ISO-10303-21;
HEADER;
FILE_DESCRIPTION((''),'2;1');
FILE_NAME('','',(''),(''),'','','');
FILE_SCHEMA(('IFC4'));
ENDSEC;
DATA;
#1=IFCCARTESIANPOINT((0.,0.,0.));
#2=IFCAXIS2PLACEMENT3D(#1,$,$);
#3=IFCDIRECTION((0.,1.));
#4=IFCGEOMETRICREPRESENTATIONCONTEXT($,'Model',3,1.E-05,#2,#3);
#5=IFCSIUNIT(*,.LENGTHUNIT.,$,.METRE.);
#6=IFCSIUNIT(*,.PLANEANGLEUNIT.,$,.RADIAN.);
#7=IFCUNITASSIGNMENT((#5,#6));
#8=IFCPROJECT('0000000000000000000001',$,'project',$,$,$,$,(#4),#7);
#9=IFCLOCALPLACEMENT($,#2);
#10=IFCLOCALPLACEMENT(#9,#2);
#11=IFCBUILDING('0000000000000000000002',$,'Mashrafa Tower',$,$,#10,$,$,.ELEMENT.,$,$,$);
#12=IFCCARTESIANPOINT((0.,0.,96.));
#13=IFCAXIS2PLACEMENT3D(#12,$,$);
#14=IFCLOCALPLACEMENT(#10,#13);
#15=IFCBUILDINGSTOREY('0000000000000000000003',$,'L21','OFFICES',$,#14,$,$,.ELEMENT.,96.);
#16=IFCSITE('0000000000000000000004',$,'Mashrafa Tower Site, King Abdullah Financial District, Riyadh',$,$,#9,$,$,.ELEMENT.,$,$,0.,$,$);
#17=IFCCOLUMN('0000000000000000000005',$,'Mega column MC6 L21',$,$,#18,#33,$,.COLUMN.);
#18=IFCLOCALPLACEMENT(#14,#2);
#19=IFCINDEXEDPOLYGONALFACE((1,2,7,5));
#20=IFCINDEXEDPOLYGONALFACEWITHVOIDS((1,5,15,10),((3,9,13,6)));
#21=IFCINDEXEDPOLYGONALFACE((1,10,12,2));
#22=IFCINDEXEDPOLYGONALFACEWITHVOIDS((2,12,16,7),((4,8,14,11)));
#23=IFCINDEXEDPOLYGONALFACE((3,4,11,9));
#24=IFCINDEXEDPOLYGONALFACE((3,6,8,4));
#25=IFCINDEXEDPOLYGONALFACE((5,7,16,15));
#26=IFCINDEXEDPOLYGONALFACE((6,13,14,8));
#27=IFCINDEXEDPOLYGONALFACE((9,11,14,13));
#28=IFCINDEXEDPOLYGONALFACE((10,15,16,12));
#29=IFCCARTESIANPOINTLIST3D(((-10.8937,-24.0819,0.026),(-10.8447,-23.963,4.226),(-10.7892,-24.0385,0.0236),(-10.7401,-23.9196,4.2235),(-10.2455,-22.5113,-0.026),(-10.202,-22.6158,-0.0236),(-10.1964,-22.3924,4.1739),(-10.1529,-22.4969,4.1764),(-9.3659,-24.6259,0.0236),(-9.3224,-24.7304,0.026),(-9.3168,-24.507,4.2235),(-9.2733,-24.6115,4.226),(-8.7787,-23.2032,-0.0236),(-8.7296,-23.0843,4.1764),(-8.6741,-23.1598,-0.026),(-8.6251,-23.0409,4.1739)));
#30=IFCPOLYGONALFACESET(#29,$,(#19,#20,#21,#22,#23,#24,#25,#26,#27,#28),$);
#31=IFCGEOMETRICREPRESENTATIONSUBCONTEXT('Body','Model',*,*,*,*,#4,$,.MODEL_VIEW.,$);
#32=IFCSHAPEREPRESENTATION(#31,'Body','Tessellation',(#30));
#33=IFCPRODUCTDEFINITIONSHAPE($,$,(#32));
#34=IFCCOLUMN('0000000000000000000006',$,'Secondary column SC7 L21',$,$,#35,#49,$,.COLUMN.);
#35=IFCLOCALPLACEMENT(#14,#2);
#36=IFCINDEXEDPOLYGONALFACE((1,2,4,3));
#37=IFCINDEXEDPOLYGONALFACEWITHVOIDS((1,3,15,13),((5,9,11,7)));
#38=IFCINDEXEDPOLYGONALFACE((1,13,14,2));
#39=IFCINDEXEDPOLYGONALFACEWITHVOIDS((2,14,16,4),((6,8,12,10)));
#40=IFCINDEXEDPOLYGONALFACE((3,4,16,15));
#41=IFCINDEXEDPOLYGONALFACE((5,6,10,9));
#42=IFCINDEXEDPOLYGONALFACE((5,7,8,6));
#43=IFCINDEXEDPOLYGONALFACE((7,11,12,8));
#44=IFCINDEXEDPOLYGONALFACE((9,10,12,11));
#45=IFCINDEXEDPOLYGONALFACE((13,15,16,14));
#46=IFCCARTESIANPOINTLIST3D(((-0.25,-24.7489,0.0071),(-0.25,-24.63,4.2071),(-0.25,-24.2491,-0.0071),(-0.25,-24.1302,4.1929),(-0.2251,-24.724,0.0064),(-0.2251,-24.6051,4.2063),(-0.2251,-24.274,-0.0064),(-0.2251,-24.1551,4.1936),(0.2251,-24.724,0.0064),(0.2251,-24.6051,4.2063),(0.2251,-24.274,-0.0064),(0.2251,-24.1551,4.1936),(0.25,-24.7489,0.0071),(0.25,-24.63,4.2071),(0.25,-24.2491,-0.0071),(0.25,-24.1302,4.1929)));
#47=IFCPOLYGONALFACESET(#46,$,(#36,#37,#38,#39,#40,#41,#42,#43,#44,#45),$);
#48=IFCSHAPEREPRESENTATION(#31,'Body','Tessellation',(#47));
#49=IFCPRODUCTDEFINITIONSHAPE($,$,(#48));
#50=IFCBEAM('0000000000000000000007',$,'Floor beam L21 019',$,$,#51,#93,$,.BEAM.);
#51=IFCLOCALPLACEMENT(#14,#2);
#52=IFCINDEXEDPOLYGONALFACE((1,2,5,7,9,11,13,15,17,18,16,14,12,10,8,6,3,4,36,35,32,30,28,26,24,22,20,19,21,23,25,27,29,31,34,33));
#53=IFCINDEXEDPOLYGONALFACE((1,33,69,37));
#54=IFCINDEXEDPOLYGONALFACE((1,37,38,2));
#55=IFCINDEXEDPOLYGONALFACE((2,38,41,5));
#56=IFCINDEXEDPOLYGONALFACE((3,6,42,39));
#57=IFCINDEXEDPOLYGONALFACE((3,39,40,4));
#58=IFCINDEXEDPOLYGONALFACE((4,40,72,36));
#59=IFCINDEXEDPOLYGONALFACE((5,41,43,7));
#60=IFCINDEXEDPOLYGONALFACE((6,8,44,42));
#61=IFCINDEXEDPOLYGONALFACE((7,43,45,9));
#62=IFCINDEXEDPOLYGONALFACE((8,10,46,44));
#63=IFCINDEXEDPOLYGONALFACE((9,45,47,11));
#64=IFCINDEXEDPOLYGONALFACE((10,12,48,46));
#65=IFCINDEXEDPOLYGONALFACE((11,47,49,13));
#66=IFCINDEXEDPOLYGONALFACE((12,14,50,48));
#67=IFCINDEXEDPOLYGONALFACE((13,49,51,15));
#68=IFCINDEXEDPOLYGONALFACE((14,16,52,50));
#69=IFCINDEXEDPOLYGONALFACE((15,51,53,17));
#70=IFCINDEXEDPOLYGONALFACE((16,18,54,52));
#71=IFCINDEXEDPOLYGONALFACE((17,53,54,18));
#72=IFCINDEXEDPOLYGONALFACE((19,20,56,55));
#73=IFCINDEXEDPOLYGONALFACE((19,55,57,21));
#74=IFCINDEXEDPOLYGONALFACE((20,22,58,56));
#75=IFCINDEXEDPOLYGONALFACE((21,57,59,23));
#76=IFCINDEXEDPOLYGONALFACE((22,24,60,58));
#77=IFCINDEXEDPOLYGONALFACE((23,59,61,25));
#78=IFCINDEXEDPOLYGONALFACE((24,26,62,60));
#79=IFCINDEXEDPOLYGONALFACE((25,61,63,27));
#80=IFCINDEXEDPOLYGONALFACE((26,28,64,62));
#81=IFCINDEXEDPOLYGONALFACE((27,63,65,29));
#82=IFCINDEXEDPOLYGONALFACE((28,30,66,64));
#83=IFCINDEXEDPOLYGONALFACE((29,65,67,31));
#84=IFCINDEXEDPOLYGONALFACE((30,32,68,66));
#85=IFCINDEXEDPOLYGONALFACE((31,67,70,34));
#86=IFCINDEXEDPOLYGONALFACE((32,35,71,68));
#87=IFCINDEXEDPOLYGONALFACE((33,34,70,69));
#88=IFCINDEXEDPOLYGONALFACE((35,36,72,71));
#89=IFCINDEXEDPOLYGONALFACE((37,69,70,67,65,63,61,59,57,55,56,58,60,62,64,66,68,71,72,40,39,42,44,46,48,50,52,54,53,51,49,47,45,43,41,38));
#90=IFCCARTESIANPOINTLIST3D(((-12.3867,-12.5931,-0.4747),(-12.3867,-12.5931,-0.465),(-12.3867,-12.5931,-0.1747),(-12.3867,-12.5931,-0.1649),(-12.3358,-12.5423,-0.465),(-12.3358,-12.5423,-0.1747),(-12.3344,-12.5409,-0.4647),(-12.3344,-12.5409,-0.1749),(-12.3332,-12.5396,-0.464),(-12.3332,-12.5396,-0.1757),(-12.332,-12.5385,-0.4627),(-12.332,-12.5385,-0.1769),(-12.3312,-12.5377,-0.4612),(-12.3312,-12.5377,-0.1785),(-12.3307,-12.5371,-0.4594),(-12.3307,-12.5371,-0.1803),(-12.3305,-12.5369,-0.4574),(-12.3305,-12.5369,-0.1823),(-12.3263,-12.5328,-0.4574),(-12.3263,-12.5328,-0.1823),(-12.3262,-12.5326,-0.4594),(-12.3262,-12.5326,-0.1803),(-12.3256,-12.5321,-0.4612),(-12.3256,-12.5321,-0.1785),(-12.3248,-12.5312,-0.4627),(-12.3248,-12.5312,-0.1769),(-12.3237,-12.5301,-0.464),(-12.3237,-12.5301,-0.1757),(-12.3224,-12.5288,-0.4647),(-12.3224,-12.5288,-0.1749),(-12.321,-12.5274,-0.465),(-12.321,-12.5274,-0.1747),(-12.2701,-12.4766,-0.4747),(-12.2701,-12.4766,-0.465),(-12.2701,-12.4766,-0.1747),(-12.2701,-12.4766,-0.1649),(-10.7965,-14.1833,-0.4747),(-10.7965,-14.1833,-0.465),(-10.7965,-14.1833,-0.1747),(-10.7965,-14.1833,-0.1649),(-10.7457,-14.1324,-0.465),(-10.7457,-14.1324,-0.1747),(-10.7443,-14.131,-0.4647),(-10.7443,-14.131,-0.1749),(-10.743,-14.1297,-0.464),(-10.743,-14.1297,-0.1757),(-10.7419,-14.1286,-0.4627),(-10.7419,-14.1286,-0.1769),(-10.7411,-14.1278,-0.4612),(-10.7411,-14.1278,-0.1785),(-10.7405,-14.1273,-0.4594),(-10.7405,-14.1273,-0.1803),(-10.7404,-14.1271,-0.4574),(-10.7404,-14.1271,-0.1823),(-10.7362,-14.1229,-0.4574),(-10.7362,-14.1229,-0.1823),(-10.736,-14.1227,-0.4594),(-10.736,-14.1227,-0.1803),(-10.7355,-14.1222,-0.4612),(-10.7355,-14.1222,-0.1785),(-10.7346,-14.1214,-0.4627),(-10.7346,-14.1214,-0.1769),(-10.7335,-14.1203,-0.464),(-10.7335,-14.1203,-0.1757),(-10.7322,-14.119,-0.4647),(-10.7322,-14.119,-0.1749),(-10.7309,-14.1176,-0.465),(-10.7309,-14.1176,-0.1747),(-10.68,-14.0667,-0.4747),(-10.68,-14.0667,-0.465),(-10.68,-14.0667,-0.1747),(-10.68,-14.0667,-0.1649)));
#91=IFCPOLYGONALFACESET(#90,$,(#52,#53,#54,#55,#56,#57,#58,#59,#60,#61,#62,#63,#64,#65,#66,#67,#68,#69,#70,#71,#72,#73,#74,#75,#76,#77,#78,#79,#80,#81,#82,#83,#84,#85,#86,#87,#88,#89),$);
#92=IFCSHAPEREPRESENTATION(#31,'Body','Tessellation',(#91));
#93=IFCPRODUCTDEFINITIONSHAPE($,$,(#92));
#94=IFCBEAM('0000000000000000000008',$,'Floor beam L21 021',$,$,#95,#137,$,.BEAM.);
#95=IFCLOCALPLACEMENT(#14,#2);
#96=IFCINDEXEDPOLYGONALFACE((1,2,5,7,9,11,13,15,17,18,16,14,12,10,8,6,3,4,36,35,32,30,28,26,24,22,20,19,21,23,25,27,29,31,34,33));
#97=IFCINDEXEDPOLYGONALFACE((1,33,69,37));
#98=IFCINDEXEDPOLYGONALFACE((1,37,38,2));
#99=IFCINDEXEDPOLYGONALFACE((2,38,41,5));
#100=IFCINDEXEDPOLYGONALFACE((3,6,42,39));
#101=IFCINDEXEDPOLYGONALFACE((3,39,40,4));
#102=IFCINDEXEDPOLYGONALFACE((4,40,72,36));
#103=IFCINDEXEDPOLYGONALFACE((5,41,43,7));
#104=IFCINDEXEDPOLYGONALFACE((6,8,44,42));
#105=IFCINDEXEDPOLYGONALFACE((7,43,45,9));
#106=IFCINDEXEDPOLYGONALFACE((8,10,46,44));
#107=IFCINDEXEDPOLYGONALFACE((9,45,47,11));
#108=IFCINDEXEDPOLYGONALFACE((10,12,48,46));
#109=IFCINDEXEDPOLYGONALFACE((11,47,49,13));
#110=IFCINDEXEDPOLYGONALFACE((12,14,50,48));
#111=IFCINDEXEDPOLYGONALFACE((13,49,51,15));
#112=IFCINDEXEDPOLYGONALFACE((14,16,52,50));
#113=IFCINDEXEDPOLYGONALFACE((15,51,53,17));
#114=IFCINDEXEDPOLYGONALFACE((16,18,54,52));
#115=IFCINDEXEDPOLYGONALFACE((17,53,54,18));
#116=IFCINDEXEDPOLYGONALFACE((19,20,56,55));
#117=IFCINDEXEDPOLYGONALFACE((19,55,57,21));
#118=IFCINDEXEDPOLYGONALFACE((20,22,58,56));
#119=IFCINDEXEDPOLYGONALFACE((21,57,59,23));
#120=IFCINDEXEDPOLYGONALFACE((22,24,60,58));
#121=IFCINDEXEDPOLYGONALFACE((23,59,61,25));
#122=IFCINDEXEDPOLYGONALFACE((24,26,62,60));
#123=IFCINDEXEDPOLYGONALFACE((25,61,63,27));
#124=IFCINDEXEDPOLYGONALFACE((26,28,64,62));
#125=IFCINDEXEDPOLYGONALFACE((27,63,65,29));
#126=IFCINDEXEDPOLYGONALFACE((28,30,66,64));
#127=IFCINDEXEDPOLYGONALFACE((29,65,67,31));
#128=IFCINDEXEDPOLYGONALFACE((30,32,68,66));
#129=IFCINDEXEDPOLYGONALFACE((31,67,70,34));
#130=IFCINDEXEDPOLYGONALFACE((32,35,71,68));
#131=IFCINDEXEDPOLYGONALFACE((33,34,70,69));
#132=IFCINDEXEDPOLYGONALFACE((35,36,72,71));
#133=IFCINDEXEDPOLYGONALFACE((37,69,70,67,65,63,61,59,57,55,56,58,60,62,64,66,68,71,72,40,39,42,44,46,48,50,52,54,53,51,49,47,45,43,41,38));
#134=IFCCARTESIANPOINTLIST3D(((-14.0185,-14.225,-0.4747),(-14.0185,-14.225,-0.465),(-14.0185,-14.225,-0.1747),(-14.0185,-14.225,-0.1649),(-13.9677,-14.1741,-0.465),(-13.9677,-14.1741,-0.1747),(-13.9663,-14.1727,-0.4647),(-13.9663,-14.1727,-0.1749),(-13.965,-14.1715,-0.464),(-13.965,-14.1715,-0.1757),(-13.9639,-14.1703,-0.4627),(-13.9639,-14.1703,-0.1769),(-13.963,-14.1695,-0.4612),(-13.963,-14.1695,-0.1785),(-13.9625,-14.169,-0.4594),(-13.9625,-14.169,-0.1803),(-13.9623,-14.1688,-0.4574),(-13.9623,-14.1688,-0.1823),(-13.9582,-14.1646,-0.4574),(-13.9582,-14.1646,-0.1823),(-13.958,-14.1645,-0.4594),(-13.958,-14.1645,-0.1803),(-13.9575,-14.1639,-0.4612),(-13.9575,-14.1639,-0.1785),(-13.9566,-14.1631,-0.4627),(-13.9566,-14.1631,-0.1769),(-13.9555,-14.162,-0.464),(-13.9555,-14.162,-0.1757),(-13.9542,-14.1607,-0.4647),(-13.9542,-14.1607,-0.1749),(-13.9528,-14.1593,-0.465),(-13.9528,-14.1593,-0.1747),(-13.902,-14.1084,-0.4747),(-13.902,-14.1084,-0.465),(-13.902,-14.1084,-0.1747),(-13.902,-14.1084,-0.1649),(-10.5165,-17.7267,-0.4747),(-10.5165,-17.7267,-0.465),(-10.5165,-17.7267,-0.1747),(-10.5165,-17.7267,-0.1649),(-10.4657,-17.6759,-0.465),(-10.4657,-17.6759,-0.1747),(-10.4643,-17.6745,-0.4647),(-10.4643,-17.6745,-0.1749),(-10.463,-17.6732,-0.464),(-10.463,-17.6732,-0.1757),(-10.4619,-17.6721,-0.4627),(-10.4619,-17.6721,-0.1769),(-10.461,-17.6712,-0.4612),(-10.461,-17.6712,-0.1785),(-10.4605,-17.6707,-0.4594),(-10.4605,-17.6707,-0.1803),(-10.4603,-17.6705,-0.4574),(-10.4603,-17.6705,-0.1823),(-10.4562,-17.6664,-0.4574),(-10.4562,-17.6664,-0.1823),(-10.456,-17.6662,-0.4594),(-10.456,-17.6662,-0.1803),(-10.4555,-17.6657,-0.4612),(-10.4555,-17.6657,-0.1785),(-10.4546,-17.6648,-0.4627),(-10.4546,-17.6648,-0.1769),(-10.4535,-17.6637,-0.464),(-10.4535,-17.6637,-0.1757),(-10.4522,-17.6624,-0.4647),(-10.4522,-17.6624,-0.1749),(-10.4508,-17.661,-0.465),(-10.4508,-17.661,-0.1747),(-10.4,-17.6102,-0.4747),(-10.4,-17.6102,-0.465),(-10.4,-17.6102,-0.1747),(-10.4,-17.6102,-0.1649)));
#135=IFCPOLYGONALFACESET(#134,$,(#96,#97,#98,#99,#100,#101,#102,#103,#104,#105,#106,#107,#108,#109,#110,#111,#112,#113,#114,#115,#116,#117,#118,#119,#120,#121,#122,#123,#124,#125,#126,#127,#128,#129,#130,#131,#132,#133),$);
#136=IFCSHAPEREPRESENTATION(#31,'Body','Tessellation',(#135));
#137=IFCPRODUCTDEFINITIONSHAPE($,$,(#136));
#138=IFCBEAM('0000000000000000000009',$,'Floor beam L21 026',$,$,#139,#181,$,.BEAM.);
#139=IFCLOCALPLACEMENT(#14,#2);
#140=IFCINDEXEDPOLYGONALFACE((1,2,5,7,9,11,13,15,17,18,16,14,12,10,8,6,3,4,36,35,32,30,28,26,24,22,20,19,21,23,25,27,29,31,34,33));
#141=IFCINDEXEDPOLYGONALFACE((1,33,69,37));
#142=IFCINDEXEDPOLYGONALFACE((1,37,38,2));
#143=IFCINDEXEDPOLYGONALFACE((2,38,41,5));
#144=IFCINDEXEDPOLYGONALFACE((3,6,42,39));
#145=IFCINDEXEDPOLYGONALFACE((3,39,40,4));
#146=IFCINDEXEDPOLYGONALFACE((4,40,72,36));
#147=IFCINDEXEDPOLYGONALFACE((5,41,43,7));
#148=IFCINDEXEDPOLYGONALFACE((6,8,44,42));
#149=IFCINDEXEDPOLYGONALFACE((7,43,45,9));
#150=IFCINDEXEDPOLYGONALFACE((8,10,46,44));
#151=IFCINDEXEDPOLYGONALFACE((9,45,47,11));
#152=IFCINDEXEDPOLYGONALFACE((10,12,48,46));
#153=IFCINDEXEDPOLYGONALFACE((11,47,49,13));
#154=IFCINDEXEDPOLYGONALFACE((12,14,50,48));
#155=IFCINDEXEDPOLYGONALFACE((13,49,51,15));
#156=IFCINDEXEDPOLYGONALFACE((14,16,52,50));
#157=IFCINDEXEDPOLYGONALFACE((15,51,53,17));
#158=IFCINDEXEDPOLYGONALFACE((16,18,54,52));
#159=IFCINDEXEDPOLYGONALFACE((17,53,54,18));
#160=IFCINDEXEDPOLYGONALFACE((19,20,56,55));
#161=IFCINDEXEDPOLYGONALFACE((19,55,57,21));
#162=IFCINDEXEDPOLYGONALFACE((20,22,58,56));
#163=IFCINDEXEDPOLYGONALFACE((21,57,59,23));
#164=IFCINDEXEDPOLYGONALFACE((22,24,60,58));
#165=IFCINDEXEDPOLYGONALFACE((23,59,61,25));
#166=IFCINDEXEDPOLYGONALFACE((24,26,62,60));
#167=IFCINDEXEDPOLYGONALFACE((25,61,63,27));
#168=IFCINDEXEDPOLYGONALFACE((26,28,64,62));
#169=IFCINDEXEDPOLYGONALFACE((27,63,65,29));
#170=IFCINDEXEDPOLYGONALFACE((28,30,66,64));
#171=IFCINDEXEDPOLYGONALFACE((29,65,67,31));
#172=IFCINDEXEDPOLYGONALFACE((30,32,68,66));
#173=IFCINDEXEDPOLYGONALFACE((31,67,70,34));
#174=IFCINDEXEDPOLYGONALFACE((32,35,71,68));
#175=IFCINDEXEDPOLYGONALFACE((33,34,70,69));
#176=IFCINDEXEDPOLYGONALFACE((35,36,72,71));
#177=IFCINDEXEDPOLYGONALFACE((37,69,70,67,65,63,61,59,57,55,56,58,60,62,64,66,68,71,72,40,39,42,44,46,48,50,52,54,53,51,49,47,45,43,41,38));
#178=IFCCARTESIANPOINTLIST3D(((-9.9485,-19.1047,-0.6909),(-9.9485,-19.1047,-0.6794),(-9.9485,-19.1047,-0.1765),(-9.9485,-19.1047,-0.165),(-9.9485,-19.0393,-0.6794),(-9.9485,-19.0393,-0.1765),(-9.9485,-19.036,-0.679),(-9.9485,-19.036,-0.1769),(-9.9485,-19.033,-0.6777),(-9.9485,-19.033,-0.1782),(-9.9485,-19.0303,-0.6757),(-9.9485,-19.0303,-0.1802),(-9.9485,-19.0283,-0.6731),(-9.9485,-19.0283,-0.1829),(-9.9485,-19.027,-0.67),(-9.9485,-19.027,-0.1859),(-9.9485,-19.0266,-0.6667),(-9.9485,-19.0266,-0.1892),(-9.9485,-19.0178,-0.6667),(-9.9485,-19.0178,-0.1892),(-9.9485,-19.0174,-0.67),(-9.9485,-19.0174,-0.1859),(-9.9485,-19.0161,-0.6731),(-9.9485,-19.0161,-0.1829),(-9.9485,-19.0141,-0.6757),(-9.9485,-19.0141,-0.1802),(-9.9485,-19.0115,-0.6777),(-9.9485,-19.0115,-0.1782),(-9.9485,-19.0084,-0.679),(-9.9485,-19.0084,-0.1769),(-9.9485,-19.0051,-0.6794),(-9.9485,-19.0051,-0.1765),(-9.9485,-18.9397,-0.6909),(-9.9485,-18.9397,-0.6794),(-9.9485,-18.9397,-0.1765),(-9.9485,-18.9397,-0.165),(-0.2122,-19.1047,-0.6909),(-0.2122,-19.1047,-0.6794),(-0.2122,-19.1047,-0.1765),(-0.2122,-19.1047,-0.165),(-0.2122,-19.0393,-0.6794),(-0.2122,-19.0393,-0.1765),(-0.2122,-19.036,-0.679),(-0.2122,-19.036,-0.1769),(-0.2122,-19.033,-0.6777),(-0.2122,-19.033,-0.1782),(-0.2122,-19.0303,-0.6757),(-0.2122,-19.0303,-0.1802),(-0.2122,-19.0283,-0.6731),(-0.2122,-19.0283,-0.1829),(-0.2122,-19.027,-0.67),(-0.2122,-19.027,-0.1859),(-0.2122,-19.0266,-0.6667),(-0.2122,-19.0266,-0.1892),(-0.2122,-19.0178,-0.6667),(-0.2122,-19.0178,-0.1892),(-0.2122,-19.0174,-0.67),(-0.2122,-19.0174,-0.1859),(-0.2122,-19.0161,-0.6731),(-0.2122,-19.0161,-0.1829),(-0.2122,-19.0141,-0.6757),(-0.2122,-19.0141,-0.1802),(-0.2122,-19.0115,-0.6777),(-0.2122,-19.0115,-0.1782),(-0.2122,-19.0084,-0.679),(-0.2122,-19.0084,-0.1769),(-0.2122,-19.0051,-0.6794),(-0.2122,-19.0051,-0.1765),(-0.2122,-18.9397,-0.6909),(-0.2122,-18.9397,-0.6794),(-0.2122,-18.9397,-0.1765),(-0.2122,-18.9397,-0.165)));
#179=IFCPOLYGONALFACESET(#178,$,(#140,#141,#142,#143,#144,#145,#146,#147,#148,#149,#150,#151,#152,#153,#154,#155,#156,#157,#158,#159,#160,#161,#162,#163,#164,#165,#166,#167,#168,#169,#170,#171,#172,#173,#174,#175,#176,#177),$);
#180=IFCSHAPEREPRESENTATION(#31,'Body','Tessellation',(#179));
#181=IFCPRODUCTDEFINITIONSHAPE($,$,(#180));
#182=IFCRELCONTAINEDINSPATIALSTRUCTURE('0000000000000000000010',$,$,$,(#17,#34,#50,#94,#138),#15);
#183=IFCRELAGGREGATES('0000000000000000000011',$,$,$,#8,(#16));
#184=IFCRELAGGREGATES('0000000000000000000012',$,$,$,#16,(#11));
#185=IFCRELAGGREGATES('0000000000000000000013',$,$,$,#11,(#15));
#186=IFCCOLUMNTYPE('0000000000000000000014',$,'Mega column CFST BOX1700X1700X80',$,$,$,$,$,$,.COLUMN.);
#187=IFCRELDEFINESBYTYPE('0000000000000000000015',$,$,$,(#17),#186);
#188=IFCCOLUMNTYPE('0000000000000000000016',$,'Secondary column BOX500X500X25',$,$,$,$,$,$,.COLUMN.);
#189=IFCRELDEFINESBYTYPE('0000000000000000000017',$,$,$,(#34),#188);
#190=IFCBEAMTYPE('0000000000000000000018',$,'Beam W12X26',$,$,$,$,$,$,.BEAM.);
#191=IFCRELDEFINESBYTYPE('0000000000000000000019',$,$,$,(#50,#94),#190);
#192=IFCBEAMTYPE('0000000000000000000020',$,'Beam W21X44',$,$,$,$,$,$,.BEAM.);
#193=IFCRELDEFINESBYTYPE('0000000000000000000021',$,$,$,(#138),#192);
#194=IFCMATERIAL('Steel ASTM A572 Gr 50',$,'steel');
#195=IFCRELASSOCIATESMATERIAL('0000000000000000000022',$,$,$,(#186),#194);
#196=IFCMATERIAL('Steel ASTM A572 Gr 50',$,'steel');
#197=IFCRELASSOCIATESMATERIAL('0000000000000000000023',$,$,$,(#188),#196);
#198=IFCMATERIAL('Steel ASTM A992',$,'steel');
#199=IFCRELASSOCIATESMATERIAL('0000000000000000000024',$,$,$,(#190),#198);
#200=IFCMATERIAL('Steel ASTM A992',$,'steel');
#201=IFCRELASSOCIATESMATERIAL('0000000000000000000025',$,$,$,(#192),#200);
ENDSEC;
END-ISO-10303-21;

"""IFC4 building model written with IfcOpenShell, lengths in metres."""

from ifc_helpers import new_model, si_unit, direction, frame, origin, origin_2d, place, context, subcontext, project, spatial, hollow_rectangle, i_section, extrude, material, material_profile, profile_set, type_object, element, save


model = new_model("IFC4")

# Units and contexts
model_context = context("Model", 3, precision=1e-05, world=origin(), true_north=direction((0.0, 1.0)))
body_context = subcontext(model_context, "Body", "Model", "MODEL_VIEW")
ifc_project = project(units=[si_unit("LENGTHUNIT", "METRE"), si_unit("PLANEANGLEUNIT", "RADIAN")], contexts=[model_context])

# Site, building, storey
site_placement = place(None, origin())
site = spatial("IfcSite", under=ifc_project, at=site_placement, Name="Mashrafa Tower Site, King Abdullah Financial District, Riyadh", CompositionType="ELEMENT", RefElevation=0.0)
building_placement = place(site_placement, origin())
building = spatial("IfcBuilding", under=site, at=building_placement, Name="Mashrafa Tower", CompositionType="ELEMENT")
storey_placement = place(building_placement, frame((0.0, 0.0, 96.0)))
storey = spatial("IfcBuildingStorey", under=building, at=storey_placement, Name="L21", Description="OFFICES", CompositionType="ELEMENT", Elevation=96.0)

# Columns
ifc_material_1 = material(Name="Steel ASTM A572 Gr 50", Category="steel")
ifc_material_profile_1 = material_profile(ifc_material_1, hollow_rectangle(XDim=1.7, YDim=1.7, WallThickness=0.0801, at=origin_2d()), Name="BOX1700X1700X80")
ifc_profile_set_1 = profile_set([ifc_material_profile_1], Name="Steel ASTM A572 Gr 50")
column_type_1 = type_object("IfcColumnType", Name="Mega column CFST BOX1700X1700X80", PredefinedType="COLUMN", material=ifc_profile_set_1)
column_1_placement = place(storey_placement, frame((-9.7839, -23.6208, 0.0), z_axis=(0.011679, 0.028296, 0.999531), x_axis=(-0.924363, 0.381513, 0.0)))
element("IfcColumn", 1, at=column_1_placement, inside=storey, type_object=column_type_1, Name="Mega column MC6 L21", PredefinedType="COLUMN", context=body_context, shape_type="SweptSolid", body=[
    extrude(hollow_rectangle(XDim=1.7, YDim=1.7, WallThickness=0.0801, at=origin_2d()), origin(), (0.0, 0.0, 1.0), 4.2019),
])
ifc_material_2 = material(Name="Steel ASTM A572 Gr 50", Category="steel")
ifc_material_profile_2 = material_profile(ifc_material_2, hollow_rectangle(XDim=0.5, YDim=0.5, WallThickness=0.0249, at=origin_2d()), Name="BOX500X500X25")
ifc_profile_set_2 = profile_set([ifc_material_profile_2], Name="Steel ASTM A572 Gr 50")
column_type_2 = type_object("IfcColumnType", Name="Secondary column BOX500X500X25", PredefinedType="COLUMN", material=ifc_profile_set_2)
column_2_placement = place(storey_placement, frame((0.0, -24.499, 0.0), z_axis=(0.0, 0.028298, 0.9996), x_axis=(-1.0, 0.0, 0.0)))
element("IfcColumn", 2, at=column_2_placement, inside=storey, type_object=column_type_2, Name="Secondary column SC7 L21", PredefinedType="COLUMN", context=body_context, shape_type="SweptSolid", body=[
    extrude(hollow_rectangle(XDim=0.5, YDim=0.5, WallThickness=0.0249, at=origin_2d()), origin(), (0.0, 0.0, 1.0), 4.2017),
])

# Beams
ifc_material_3 = material(Name="Steel ASTM A992", Category="steel")
ifc_material_profile_3 = material_profile(ifc_material_3, i_section(OverallWidth=0.1648, OverallDepth=0.3098, WebThickness=0.0059, FlangeThickness=0.0098, FilletRadius=0.0076, at=origin_2d()), Name="W12X26")
ifc_profile_set_3 = profile_set([ifc_material_profile_3], Name="Steel ASTM A992")
beam_type_1 = type_object("IfcBeamType", Name="Beam W12X26", PredefinedType="BEAM", material=ifc_profile_set_3)
beam_1_placement = place(storey_placement, frame((-10.7383, -14.125, -0.3198), z_axis=(-0.707107, 0.707107, 0.0), x_axis=(-0.707107, -0.707107, 0.0)))
element("IfcBeam", 3, at=beam_1_placement, inside=storey, type_object=beam_type_1, Name="Floor beam L21 019", PredefinedType="BEAM", context=body_context, shape_type="SweptSolid", body=[
    extrude(i_section(OverallWidth=0.1648, OverallDepth=0.3098, WebThickness=0.0059, FlangeThickness=0.0098, FilletRadius=0.0076, at=origin_2d()), origin(), (0.0, 0.0, 1.0), 2.2488),
])
beam_2_placement = place(storey_placement, frame((-10.4583, -17.6685, -0.3198), z_axis=(-0.707131, 0.707082, 0.0), x_axis=(-0.707082, -0.707131, 0.0)))
element("IfcBeam", 4, at=beam_2_placement, inside=storey, type_object=beam_type_1, Name="Floor beam L21 021", PredefinedType="BEAM", context=body_context, shape_type="SweptSolid", body=[
    extrude(i_section(OverallWidth=0.1648, OverallDepth=0.3098, WebThickness=0.0059, FlangeThickness=0.0098, FilletRadius=0.0076, at=origin_2d()), origin(), (0.0, 0.0, 1.0), 4.9524),
])
ifc_material_4 = material(Name="Steel ASTM A992", Category="steel")
ifc_material_profile_4 = material_profile(ifc_material_4, i_section(OverallWidth=0.165, OverallDepth=0.5259, WebThickness=0.0088, FlangeThickness=0.0115, FilletRadius=0.0127, at=origin_2d()), Name="W21X44")
ifc_profile_set_4 = profile_set([ifc_material_profile_4], Name="Steel ASTM A992")
beam_type_2 = type_object("IfcBeamType", Name="Beam W21X44", PredefinedType="BEAM", material=ifc_profile_set_4)
beam_3_placement = place(storey_placement, frame((-0.2122, -19.0222, -0.428), z_axis=(-1.0, 0.0, 0.0), x_axis=(0.0, -1.0, 0.0)))
element("IfcBeam", 5, at=beam_3_placement, inside=storey, type_object=beam_type_2, Name="Floor beam L21 026", PredefinedType="BEAM", context=body_context, shape_type="SweptSolid", body=[
    extrude(i_section(OverallWidth=0.165, OverallDepth=0.5259, WebThickness=0.0088, FlangeThickness=0.0115, FilletRadius=0.0127, at=origin_2d()), origin(), (0.0, 0.0, 1.0), 9.7363),
])

save(model, "model.ifc")
